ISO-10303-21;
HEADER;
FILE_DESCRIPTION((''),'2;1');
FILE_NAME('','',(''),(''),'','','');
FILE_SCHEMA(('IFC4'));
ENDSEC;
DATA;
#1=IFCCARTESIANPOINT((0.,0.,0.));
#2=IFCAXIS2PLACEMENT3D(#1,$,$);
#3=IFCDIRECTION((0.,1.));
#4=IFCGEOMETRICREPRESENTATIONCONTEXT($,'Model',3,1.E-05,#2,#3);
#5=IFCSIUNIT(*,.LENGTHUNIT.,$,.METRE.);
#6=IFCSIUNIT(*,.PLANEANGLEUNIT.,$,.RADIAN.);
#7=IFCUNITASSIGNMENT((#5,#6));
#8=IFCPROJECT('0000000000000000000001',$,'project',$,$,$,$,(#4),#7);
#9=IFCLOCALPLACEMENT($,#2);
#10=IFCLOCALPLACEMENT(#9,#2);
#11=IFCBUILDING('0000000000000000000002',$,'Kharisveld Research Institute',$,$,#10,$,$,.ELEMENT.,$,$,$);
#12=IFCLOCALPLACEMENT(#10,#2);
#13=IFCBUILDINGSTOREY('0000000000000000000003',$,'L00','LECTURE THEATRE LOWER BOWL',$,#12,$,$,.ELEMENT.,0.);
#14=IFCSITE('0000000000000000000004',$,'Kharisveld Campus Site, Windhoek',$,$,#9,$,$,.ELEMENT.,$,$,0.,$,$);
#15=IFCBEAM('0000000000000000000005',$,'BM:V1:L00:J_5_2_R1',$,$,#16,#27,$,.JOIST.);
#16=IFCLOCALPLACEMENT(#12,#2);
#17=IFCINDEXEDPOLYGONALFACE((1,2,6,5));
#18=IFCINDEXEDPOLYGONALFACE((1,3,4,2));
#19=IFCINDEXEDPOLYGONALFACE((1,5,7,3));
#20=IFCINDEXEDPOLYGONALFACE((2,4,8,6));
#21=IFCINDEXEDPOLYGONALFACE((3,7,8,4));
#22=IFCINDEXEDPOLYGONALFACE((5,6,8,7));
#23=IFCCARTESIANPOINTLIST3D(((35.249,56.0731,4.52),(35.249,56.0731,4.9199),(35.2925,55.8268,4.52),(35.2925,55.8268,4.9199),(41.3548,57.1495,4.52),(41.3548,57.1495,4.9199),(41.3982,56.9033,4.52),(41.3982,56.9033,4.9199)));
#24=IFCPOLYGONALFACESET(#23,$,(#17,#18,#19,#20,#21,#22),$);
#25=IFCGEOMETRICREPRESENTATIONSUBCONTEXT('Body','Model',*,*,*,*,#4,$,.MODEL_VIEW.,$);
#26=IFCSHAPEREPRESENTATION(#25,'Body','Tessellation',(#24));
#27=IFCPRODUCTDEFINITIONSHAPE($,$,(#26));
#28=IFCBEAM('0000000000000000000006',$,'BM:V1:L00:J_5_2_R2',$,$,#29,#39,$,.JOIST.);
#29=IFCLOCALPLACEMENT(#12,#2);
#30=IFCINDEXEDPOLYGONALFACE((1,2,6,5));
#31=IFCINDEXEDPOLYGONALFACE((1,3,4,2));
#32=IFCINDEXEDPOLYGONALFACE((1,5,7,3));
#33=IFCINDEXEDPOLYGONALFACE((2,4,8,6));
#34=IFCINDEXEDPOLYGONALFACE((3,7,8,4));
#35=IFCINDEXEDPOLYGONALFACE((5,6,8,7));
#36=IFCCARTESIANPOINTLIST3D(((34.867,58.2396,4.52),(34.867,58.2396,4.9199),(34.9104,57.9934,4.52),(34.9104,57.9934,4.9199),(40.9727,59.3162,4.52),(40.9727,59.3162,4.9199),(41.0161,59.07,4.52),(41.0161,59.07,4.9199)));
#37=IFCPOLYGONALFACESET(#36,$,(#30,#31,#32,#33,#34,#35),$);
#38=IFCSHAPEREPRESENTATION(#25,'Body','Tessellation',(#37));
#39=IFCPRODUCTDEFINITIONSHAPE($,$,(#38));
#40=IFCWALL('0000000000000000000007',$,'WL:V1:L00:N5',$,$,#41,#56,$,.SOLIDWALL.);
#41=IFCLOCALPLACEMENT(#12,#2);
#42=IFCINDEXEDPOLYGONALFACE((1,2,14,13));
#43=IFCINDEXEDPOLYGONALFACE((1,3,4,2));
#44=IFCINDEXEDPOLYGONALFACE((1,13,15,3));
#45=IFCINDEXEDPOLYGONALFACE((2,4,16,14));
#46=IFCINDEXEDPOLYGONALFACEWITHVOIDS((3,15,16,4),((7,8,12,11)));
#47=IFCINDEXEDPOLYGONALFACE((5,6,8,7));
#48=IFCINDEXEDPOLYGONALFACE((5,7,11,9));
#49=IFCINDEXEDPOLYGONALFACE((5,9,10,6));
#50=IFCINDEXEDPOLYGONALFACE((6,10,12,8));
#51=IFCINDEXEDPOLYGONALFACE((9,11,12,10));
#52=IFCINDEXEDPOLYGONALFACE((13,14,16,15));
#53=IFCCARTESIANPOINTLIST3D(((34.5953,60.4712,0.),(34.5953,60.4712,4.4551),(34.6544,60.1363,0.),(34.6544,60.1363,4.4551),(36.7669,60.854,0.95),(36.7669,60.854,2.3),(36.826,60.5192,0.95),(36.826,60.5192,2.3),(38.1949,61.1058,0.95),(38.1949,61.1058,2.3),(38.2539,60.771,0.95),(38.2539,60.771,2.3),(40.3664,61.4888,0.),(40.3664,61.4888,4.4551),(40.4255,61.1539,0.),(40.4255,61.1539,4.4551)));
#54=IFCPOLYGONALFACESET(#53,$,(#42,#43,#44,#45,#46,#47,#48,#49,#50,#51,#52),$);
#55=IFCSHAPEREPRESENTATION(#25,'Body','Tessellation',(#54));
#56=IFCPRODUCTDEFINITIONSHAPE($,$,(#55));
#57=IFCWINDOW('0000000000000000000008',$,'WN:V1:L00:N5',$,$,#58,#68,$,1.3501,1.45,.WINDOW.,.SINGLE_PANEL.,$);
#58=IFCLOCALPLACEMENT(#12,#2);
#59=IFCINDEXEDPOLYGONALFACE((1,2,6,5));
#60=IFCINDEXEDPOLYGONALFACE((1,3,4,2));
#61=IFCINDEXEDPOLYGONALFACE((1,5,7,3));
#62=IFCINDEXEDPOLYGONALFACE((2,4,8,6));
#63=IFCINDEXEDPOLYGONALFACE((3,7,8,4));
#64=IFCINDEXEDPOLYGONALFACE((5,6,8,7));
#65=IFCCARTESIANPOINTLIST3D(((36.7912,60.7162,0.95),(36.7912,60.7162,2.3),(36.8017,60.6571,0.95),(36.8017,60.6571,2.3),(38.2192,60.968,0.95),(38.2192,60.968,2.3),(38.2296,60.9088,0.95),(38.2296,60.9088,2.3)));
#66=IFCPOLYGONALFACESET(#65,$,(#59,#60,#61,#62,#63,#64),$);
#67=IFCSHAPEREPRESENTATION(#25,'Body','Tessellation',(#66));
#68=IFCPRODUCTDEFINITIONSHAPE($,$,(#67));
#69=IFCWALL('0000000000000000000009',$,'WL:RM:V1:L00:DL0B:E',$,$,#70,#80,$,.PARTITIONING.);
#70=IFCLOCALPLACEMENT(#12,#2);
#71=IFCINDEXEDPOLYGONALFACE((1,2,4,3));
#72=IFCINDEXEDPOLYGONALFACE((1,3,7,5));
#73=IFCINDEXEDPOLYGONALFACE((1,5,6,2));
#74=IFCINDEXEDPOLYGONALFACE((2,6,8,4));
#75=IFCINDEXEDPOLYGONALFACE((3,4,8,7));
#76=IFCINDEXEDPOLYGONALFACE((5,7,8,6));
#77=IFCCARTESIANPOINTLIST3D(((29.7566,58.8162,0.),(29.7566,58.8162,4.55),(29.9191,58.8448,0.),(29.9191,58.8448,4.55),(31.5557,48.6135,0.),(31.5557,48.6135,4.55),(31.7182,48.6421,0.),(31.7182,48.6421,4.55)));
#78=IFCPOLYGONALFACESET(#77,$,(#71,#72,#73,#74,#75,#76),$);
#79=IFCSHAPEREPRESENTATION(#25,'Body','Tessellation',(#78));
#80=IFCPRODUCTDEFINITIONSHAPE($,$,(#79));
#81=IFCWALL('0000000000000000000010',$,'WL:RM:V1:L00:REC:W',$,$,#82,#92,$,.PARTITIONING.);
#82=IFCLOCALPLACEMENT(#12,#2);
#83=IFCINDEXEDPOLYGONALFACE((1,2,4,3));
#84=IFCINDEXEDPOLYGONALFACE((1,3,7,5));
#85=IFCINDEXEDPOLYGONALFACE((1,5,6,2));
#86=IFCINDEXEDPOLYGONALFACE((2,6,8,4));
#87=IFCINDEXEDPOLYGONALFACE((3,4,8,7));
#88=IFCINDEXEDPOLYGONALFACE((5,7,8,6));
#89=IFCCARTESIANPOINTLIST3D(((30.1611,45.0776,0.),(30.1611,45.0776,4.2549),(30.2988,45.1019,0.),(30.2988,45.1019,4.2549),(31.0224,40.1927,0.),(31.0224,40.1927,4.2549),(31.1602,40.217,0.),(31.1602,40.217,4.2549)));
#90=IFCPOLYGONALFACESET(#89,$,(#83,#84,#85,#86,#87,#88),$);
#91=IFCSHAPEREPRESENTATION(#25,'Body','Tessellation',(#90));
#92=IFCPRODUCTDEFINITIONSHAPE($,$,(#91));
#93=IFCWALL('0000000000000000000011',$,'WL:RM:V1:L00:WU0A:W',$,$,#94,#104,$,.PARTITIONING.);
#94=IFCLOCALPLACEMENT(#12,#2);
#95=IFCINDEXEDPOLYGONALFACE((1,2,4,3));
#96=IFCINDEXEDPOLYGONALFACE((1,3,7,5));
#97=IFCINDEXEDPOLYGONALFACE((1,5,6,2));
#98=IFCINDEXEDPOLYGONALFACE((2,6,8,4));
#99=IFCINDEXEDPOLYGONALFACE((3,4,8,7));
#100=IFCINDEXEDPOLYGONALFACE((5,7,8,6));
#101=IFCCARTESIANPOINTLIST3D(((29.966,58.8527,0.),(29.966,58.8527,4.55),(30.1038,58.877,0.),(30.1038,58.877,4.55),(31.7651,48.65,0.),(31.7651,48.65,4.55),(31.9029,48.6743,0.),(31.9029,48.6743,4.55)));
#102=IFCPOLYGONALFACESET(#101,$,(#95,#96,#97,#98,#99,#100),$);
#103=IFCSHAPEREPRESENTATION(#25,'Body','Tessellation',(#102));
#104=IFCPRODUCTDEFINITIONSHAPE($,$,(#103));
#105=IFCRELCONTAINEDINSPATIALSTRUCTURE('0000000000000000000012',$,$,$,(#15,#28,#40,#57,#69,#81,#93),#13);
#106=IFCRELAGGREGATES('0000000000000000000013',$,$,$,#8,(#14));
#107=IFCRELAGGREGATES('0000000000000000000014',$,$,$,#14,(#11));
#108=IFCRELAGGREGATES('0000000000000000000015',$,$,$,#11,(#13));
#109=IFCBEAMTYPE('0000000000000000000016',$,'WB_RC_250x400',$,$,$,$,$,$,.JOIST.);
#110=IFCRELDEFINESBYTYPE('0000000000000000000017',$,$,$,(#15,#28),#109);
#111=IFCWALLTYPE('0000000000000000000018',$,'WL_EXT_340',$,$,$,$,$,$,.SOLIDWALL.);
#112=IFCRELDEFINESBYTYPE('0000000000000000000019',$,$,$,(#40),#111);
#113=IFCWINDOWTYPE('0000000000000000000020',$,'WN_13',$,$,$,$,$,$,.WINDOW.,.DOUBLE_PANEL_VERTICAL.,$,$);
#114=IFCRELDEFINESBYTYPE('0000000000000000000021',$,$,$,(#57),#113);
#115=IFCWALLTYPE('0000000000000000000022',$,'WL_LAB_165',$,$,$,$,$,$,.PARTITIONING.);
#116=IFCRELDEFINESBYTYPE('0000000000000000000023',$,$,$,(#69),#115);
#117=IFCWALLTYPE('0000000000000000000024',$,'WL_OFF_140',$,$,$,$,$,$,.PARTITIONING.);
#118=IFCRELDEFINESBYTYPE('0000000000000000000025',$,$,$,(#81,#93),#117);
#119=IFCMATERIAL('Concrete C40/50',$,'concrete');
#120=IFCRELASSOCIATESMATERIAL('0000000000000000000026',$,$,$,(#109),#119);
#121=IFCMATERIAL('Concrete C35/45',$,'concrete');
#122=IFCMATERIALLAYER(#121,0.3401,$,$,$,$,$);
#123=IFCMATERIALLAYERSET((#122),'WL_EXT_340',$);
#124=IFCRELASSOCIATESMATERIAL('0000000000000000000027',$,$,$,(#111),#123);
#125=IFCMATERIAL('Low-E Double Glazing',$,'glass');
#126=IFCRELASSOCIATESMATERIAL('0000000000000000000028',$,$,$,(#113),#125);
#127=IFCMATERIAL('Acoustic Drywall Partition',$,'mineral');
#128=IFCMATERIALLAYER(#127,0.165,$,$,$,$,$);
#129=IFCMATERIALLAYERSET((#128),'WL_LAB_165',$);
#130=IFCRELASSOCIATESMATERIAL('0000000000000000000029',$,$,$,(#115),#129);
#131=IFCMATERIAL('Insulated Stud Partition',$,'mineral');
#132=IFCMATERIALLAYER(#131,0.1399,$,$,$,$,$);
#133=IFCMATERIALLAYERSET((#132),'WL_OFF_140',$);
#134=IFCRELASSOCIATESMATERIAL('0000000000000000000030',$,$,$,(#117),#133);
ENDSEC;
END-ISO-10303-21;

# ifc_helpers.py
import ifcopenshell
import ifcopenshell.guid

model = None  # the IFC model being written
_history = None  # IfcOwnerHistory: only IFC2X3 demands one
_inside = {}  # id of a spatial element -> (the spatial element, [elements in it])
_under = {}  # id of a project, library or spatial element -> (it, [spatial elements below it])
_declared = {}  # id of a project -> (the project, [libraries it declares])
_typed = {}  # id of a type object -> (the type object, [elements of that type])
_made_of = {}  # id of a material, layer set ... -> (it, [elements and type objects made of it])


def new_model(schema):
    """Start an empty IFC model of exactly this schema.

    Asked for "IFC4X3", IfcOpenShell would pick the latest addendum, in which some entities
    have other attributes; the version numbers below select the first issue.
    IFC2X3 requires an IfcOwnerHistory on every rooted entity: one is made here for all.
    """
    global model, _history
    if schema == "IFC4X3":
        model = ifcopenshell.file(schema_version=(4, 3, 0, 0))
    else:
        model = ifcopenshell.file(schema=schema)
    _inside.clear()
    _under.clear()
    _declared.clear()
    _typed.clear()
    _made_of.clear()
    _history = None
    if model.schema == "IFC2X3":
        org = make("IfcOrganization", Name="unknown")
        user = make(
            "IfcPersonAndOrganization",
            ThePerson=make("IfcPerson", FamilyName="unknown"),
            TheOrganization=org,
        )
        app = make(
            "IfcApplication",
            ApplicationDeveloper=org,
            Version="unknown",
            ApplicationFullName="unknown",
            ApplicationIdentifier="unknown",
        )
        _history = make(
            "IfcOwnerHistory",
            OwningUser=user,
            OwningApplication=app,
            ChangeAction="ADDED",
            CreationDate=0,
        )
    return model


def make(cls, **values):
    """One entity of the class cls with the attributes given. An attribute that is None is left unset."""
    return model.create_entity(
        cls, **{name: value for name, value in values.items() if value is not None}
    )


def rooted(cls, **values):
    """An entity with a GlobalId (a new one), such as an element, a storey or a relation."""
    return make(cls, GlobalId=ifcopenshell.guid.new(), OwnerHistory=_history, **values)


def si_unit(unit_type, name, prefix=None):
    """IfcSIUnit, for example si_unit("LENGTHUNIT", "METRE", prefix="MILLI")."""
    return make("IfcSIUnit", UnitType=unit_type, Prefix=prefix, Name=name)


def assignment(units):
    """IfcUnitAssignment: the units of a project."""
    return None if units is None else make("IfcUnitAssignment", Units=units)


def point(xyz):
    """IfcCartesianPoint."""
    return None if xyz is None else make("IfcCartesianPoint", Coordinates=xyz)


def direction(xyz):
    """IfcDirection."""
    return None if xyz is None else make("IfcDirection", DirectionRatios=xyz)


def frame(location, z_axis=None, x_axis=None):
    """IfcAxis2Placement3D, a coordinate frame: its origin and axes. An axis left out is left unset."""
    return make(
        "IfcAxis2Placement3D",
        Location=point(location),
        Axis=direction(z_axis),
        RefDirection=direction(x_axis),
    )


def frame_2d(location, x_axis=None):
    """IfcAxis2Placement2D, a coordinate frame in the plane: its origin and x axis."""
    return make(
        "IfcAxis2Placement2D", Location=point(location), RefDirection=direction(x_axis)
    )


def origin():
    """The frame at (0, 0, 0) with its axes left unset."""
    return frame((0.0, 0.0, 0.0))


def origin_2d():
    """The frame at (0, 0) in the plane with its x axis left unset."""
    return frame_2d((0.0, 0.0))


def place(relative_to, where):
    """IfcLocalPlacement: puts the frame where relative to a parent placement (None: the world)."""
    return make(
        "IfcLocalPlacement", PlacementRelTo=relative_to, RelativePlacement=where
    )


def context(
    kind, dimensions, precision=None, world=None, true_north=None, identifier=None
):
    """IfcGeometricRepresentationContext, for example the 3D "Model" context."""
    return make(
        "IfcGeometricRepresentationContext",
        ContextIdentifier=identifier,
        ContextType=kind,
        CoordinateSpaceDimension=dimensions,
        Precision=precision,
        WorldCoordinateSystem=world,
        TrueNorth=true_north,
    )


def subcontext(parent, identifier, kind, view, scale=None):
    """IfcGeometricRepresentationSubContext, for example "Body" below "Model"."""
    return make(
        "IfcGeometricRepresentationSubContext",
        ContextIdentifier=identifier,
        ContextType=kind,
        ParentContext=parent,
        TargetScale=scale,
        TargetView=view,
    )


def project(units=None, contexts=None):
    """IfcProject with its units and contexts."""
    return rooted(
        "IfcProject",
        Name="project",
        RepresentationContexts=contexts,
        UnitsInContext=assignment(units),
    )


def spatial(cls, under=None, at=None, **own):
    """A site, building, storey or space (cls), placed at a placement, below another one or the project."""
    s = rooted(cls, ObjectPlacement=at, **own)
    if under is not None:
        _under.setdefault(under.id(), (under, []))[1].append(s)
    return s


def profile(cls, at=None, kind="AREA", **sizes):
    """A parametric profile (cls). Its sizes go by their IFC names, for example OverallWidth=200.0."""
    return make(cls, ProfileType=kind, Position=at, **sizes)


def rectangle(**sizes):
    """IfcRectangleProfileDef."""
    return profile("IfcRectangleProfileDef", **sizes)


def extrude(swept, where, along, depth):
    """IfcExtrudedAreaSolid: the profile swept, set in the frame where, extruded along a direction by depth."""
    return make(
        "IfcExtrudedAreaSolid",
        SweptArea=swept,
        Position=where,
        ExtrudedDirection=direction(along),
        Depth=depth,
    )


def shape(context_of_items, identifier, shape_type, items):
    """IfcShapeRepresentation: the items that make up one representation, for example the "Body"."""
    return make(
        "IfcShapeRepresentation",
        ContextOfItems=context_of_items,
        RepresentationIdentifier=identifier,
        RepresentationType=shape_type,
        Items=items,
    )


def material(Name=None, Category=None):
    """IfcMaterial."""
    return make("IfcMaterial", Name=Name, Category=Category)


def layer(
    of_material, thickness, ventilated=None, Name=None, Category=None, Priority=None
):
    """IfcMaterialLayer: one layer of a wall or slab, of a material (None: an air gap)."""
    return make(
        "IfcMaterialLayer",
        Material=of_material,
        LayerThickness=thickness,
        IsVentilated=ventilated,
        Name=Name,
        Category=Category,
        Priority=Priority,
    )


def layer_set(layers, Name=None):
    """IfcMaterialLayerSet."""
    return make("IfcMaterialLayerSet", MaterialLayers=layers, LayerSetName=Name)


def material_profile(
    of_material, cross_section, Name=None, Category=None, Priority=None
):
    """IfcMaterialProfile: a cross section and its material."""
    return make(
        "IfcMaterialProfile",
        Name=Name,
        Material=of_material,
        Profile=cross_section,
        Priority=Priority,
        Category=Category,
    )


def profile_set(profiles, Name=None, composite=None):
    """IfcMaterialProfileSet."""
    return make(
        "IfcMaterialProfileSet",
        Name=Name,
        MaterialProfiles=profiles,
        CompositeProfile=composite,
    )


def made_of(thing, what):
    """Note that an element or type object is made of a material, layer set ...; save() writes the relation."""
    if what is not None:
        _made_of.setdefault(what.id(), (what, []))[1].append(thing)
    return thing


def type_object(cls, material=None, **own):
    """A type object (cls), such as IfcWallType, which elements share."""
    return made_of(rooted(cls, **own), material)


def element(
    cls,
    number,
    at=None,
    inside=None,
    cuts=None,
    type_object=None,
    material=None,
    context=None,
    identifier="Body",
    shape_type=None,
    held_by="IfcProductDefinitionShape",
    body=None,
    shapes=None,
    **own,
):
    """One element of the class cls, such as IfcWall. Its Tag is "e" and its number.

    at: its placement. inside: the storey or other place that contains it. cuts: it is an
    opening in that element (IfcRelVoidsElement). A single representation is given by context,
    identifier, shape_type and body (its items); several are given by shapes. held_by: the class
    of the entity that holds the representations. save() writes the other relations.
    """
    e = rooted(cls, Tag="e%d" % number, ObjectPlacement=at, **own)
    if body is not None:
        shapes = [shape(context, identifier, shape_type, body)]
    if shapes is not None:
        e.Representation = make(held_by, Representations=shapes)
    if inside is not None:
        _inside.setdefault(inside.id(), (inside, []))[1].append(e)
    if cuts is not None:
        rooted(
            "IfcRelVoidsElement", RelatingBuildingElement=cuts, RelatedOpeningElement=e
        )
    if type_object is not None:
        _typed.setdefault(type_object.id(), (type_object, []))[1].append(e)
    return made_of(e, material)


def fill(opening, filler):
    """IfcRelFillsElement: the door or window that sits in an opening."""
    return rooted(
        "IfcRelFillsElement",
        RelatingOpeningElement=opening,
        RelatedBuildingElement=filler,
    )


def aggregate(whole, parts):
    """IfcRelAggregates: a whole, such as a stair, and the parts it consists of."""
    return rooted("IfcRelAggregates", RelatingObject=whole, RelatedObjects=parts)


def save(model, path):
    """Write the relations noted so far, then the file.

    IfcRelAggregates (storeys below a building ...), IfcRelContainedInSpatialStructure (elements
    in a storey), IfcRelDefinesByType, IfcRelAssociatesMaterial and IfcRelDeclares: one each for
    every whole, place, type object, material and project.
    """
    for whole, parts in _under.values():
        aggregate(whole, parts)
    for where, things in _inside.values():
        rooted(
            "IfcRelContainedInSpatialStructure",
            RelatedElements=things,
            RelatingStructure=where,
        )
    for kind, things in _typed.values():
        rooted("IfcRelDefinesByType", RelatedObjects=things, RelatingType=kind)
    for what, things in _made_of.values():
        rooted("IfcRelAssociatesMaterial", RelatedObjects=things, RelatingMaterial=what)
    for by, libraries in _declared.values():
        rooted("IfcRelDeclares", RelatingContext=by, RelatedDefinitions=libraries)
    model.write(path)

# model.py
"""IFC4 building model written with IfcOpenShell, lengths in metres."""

from ifc_helpers import new_model, si_unit, direction, frame, frame_2d, origin, origin_2d, place, context, subcontext, project, spatial, rectangle, extrude, material, layer, layer_set, material_profile, profile_set, type_object, element, fill, save


model = new_model("IFC4")

# Units and contexts
model_context = context("Model", 3, precision=1e-05, world=origin(), true_north=direction((0.0, 1.0)))
body_context = subcontext(model_context, "Body", "Model", "MODEL_VIEW")
ifc_project = project(units=[si_unit("LENGTHUNIT", "METRE"), si_unit("PLANEANGLEUNIT", "RADIAN")], contexts=[model_context])

# Site, building, storey
site_placement = place(None, origin())
site = spatial("IfcSite", under=ifc_project, at=site_placement, Name="Kharisveld Campus Site, Windhoek", CompositionType="ELEMENT", RefElevation=0.0)
building_placement = place(site_placement, origin())
building = spatial("IfcBuilding", under=site, at=building_placement, Name="Kharisveld Research Institute", CompositionType="ELEMENT")
storey_placement = place(building_placement, origin())
storey = spatial("IfcBuildingStorey", under=building, at=storey_placement, Name="L00", Description="LECTURE THEATRE LOWER BOWL", CompositionType="ELEMENT", Elevation=0.0)

# Beams
ifc_material_1 = material(Name="Concrete C40/50", Category="concrete")
ifc_material_profile_1 = material_profile(ifc_material_1, rectangle(XDim=0.25, YDim=0.3999, at=origin_2d()))
ifc_profile_set_1 = profile_set([ifc_material_profile_1], Name="Concrete C40/50")
beam_type_1 = type_object("IfcBeamType", Name="WB_RC_250x400", PredefinedType="JOIST", material=ifc_profile_set_1)
for number, where, z_axis, x_axis, name in (
    (1, (35.2708, 55.95, 4.72), (0.984813, 0.173619, 0.0), (-0.173619, 0.984813, 0.0), "BM:V1:L00:J_5_2_R1"),
    (2, (34.8887, 58.1165, 4.72), (0.984806, 0.173657, 0.0), (-0.173657, 0.984806, 0.0), "BM:V1:L00:J_5_2_R2"),
):
    element("IfcBeam", number, at=place(storey_placement, frame(where, z_axis=z_axis, x_axis=x_axis)), inside=storey, type_object=beam_type_1, Name=name, PredefinedType="JOIST", context=body_context, shape_type="SweptSolid", body=[
        extrude(rectangle(XDim=0.25, YDim=0.3999, at=origin_2d()), origin(), (0.0, 0.0, 1.0), 6.2),
    ])

# Wall, opening, window
ifc_material_2 = material(Name="Concrete C35/45", Category="concrete")
ifc_layer_1 = layer(ifc_material_2, 0.3401)
ifc_layer_set_1 = layer_set([ifc_layer_1], Name="WL_EXT_340")
wall_type_1 = type_object("IfcWallType", Name="WL_EXT_340", PredefinedType="SOLIDWALL", material=ifc_layer_set_1)
wall_1_placement = place(storey_placement, frame((34.6248, 60.3037, 0.0), z_axis=(0.0, 0.0, 1.0), x_axis=(0.984808, 0.173647, 0.0)))
wall_1 = element("IfcWall", 3, at=wall_1_placement, inside=storey, type_object=wall_type_1, Name="WL:V1:L00:N5", PredefinedType="SOLIDWALL", context=body_context, shape_type="SweptSolid", body=[
    extrude(rectangle(XDim=5.8601, YDim=0.3401, at=frame_2d((2.9302, 0.0))), origin(), (0.0, 0.0, 1.0), 4.4551),
])
opening_1_placement = place(wall_1_placement, frame((2.2051, 0.0, 0.95)))
opening_1 = element("IfcOpeningElement", 4, at=opening_1_placement, cuts=wall_1, PredefinedType="OPENING", context=body_context, shape_type="SweptSolid", body=[
    extrude(rectangle(XDim=1.45, YDim=1.3501, at=frame_2d((0.7251, 0.675))), frame((0.0, 0.1699, 0.0), z_axis=(0.0, -1.0, 0.0), x_axis=(1.0, 0.0, 0.0)), (0.0, 0.0, 1.0), 0.3401),
])
ifc_material_3 = material(Name="Low-E Double Glazing", Category="glass")
window_type = type_object("IfcWindowType", Name="WN_13", PartitioningType="DOUBLE_PANEL_VERTICAL", PredefinedType="WINDOW", material=ifc_material_3)
window_placement = place(opening_1_placement, origin())
window = element("IfcWindow", 5, at=window_placement, inside=storey, type_object=window_type, Name="WN:V1:L00:N5", OverallHeight=1.3501, OverallWidth=1.45, PartitioningType="SINGLE_PANEL", PredefinedType="WINDOW", context=body_context, shape_type="SweptSolid", body=[
    extrude(rectangle(XDim=1.45, YDim=1.3501, at=frame_2d((0.7251, 0.675))), frame((0.0, 0.03, 0.0), z_axis=(0.0, -1.0, 0.0), x_axis=(1.0, 0.0, 0.0)), (0.0, 0.0, 1.0), 0.0601),
])
fill(opening_1, window)

# Wall
ifc_material_4 = material(Name="Acoustic Drywall Partition", Category="mineral")
ifc_layer_2 = layer(ifc_material_4, 0.165)
ifc_layer_set_2 = layer_set([ifc_layer_2], Name="WL_LAB_165")
wall_type_2 = type_object("IfcWallType", Name="WL_LAB_165", PredefinedType="PARTITIONING", material=ifc_layer_set_2)
wall_2_placement = place(storey_placement, frame((31.637, 48.6277, 0.0), z_axis=(0.0, 0.0, 1.0), x_axis=(-0.173655, 0.984807, 0.0)))
element("IfcWall", 6, at=wall_2_placement, inside=storey, type_object=wall_type_2, Name="WL:RM:V1:L00:DL0B:E", PredefinedType="PARTITIONING", context=body_context, shape_type="SweptSolid", body=[
    extrude(rectangle(XDim=10.3601, YDim=0.165, at=frame_2d((5.1802, 0.0))), origin(), (0.0, 0.0, 1.0), 4.55),
])

# Shared definitions
ifc_material_5 = material(Name="Insulated Stud Partition", Category="mineral")
ifc_layer_3 = layer(ifc_material_5, 0.1399)
ifc_layer_set_3 = layer_set([ifc_layer_3], Name="WL_OFF_140")
wall_type_3 = type_object("IfcWallType", Name="WL_OFF_140", PredefinedType="PARTITIONING", material=ifc_layer_set_3)

# Wall
wall_3_placement = place(storey_placement, frame((30.23, 45.0896, 0.0), z_axis=(0.0, 0.0, 1.0), x_axis=(0.173651, -0.984807, 0.0)))
element("IfcWall", 7, at=wall_3_placement, inside=storey, type_object=wall_type_3, Name="WL:RM:V1:L00:REC:W", PredefinedType="PARTITIONING", context=body_context, shape_type="SweptSolid", body=[
    extrude(rectangle(XDim=4.9602, YDim=0.1399, at=frame_2d((2.48, 0.0))), origin(), (0.0, 0.0, 1.0), 4.2549),
])

# Wall
wall_4_placement = place(storey_placement, frame((30.0349, 58.865, 0.0), z_axis=(0.0, 0.0, 1.0), x_axis=(0.173655, -0.984807, 0.0)))
element("IfcWall", 8, at=wall_4_placement, inside=storey, type_object=wall_type_3, Name="WL:RM:V1:L00:WU0A:W", PredefinedType="PARTITIONING", context=body_context, shape_type="SweptSolid", body=[
    extrude(rectangle(XDim=10.3601, YDim=0.1399, at=frame_2d((5.1802, 0.0))), origin(), (0.0, 0.0, 1.0), 4.55),
])

save(model, "model.ifc")
